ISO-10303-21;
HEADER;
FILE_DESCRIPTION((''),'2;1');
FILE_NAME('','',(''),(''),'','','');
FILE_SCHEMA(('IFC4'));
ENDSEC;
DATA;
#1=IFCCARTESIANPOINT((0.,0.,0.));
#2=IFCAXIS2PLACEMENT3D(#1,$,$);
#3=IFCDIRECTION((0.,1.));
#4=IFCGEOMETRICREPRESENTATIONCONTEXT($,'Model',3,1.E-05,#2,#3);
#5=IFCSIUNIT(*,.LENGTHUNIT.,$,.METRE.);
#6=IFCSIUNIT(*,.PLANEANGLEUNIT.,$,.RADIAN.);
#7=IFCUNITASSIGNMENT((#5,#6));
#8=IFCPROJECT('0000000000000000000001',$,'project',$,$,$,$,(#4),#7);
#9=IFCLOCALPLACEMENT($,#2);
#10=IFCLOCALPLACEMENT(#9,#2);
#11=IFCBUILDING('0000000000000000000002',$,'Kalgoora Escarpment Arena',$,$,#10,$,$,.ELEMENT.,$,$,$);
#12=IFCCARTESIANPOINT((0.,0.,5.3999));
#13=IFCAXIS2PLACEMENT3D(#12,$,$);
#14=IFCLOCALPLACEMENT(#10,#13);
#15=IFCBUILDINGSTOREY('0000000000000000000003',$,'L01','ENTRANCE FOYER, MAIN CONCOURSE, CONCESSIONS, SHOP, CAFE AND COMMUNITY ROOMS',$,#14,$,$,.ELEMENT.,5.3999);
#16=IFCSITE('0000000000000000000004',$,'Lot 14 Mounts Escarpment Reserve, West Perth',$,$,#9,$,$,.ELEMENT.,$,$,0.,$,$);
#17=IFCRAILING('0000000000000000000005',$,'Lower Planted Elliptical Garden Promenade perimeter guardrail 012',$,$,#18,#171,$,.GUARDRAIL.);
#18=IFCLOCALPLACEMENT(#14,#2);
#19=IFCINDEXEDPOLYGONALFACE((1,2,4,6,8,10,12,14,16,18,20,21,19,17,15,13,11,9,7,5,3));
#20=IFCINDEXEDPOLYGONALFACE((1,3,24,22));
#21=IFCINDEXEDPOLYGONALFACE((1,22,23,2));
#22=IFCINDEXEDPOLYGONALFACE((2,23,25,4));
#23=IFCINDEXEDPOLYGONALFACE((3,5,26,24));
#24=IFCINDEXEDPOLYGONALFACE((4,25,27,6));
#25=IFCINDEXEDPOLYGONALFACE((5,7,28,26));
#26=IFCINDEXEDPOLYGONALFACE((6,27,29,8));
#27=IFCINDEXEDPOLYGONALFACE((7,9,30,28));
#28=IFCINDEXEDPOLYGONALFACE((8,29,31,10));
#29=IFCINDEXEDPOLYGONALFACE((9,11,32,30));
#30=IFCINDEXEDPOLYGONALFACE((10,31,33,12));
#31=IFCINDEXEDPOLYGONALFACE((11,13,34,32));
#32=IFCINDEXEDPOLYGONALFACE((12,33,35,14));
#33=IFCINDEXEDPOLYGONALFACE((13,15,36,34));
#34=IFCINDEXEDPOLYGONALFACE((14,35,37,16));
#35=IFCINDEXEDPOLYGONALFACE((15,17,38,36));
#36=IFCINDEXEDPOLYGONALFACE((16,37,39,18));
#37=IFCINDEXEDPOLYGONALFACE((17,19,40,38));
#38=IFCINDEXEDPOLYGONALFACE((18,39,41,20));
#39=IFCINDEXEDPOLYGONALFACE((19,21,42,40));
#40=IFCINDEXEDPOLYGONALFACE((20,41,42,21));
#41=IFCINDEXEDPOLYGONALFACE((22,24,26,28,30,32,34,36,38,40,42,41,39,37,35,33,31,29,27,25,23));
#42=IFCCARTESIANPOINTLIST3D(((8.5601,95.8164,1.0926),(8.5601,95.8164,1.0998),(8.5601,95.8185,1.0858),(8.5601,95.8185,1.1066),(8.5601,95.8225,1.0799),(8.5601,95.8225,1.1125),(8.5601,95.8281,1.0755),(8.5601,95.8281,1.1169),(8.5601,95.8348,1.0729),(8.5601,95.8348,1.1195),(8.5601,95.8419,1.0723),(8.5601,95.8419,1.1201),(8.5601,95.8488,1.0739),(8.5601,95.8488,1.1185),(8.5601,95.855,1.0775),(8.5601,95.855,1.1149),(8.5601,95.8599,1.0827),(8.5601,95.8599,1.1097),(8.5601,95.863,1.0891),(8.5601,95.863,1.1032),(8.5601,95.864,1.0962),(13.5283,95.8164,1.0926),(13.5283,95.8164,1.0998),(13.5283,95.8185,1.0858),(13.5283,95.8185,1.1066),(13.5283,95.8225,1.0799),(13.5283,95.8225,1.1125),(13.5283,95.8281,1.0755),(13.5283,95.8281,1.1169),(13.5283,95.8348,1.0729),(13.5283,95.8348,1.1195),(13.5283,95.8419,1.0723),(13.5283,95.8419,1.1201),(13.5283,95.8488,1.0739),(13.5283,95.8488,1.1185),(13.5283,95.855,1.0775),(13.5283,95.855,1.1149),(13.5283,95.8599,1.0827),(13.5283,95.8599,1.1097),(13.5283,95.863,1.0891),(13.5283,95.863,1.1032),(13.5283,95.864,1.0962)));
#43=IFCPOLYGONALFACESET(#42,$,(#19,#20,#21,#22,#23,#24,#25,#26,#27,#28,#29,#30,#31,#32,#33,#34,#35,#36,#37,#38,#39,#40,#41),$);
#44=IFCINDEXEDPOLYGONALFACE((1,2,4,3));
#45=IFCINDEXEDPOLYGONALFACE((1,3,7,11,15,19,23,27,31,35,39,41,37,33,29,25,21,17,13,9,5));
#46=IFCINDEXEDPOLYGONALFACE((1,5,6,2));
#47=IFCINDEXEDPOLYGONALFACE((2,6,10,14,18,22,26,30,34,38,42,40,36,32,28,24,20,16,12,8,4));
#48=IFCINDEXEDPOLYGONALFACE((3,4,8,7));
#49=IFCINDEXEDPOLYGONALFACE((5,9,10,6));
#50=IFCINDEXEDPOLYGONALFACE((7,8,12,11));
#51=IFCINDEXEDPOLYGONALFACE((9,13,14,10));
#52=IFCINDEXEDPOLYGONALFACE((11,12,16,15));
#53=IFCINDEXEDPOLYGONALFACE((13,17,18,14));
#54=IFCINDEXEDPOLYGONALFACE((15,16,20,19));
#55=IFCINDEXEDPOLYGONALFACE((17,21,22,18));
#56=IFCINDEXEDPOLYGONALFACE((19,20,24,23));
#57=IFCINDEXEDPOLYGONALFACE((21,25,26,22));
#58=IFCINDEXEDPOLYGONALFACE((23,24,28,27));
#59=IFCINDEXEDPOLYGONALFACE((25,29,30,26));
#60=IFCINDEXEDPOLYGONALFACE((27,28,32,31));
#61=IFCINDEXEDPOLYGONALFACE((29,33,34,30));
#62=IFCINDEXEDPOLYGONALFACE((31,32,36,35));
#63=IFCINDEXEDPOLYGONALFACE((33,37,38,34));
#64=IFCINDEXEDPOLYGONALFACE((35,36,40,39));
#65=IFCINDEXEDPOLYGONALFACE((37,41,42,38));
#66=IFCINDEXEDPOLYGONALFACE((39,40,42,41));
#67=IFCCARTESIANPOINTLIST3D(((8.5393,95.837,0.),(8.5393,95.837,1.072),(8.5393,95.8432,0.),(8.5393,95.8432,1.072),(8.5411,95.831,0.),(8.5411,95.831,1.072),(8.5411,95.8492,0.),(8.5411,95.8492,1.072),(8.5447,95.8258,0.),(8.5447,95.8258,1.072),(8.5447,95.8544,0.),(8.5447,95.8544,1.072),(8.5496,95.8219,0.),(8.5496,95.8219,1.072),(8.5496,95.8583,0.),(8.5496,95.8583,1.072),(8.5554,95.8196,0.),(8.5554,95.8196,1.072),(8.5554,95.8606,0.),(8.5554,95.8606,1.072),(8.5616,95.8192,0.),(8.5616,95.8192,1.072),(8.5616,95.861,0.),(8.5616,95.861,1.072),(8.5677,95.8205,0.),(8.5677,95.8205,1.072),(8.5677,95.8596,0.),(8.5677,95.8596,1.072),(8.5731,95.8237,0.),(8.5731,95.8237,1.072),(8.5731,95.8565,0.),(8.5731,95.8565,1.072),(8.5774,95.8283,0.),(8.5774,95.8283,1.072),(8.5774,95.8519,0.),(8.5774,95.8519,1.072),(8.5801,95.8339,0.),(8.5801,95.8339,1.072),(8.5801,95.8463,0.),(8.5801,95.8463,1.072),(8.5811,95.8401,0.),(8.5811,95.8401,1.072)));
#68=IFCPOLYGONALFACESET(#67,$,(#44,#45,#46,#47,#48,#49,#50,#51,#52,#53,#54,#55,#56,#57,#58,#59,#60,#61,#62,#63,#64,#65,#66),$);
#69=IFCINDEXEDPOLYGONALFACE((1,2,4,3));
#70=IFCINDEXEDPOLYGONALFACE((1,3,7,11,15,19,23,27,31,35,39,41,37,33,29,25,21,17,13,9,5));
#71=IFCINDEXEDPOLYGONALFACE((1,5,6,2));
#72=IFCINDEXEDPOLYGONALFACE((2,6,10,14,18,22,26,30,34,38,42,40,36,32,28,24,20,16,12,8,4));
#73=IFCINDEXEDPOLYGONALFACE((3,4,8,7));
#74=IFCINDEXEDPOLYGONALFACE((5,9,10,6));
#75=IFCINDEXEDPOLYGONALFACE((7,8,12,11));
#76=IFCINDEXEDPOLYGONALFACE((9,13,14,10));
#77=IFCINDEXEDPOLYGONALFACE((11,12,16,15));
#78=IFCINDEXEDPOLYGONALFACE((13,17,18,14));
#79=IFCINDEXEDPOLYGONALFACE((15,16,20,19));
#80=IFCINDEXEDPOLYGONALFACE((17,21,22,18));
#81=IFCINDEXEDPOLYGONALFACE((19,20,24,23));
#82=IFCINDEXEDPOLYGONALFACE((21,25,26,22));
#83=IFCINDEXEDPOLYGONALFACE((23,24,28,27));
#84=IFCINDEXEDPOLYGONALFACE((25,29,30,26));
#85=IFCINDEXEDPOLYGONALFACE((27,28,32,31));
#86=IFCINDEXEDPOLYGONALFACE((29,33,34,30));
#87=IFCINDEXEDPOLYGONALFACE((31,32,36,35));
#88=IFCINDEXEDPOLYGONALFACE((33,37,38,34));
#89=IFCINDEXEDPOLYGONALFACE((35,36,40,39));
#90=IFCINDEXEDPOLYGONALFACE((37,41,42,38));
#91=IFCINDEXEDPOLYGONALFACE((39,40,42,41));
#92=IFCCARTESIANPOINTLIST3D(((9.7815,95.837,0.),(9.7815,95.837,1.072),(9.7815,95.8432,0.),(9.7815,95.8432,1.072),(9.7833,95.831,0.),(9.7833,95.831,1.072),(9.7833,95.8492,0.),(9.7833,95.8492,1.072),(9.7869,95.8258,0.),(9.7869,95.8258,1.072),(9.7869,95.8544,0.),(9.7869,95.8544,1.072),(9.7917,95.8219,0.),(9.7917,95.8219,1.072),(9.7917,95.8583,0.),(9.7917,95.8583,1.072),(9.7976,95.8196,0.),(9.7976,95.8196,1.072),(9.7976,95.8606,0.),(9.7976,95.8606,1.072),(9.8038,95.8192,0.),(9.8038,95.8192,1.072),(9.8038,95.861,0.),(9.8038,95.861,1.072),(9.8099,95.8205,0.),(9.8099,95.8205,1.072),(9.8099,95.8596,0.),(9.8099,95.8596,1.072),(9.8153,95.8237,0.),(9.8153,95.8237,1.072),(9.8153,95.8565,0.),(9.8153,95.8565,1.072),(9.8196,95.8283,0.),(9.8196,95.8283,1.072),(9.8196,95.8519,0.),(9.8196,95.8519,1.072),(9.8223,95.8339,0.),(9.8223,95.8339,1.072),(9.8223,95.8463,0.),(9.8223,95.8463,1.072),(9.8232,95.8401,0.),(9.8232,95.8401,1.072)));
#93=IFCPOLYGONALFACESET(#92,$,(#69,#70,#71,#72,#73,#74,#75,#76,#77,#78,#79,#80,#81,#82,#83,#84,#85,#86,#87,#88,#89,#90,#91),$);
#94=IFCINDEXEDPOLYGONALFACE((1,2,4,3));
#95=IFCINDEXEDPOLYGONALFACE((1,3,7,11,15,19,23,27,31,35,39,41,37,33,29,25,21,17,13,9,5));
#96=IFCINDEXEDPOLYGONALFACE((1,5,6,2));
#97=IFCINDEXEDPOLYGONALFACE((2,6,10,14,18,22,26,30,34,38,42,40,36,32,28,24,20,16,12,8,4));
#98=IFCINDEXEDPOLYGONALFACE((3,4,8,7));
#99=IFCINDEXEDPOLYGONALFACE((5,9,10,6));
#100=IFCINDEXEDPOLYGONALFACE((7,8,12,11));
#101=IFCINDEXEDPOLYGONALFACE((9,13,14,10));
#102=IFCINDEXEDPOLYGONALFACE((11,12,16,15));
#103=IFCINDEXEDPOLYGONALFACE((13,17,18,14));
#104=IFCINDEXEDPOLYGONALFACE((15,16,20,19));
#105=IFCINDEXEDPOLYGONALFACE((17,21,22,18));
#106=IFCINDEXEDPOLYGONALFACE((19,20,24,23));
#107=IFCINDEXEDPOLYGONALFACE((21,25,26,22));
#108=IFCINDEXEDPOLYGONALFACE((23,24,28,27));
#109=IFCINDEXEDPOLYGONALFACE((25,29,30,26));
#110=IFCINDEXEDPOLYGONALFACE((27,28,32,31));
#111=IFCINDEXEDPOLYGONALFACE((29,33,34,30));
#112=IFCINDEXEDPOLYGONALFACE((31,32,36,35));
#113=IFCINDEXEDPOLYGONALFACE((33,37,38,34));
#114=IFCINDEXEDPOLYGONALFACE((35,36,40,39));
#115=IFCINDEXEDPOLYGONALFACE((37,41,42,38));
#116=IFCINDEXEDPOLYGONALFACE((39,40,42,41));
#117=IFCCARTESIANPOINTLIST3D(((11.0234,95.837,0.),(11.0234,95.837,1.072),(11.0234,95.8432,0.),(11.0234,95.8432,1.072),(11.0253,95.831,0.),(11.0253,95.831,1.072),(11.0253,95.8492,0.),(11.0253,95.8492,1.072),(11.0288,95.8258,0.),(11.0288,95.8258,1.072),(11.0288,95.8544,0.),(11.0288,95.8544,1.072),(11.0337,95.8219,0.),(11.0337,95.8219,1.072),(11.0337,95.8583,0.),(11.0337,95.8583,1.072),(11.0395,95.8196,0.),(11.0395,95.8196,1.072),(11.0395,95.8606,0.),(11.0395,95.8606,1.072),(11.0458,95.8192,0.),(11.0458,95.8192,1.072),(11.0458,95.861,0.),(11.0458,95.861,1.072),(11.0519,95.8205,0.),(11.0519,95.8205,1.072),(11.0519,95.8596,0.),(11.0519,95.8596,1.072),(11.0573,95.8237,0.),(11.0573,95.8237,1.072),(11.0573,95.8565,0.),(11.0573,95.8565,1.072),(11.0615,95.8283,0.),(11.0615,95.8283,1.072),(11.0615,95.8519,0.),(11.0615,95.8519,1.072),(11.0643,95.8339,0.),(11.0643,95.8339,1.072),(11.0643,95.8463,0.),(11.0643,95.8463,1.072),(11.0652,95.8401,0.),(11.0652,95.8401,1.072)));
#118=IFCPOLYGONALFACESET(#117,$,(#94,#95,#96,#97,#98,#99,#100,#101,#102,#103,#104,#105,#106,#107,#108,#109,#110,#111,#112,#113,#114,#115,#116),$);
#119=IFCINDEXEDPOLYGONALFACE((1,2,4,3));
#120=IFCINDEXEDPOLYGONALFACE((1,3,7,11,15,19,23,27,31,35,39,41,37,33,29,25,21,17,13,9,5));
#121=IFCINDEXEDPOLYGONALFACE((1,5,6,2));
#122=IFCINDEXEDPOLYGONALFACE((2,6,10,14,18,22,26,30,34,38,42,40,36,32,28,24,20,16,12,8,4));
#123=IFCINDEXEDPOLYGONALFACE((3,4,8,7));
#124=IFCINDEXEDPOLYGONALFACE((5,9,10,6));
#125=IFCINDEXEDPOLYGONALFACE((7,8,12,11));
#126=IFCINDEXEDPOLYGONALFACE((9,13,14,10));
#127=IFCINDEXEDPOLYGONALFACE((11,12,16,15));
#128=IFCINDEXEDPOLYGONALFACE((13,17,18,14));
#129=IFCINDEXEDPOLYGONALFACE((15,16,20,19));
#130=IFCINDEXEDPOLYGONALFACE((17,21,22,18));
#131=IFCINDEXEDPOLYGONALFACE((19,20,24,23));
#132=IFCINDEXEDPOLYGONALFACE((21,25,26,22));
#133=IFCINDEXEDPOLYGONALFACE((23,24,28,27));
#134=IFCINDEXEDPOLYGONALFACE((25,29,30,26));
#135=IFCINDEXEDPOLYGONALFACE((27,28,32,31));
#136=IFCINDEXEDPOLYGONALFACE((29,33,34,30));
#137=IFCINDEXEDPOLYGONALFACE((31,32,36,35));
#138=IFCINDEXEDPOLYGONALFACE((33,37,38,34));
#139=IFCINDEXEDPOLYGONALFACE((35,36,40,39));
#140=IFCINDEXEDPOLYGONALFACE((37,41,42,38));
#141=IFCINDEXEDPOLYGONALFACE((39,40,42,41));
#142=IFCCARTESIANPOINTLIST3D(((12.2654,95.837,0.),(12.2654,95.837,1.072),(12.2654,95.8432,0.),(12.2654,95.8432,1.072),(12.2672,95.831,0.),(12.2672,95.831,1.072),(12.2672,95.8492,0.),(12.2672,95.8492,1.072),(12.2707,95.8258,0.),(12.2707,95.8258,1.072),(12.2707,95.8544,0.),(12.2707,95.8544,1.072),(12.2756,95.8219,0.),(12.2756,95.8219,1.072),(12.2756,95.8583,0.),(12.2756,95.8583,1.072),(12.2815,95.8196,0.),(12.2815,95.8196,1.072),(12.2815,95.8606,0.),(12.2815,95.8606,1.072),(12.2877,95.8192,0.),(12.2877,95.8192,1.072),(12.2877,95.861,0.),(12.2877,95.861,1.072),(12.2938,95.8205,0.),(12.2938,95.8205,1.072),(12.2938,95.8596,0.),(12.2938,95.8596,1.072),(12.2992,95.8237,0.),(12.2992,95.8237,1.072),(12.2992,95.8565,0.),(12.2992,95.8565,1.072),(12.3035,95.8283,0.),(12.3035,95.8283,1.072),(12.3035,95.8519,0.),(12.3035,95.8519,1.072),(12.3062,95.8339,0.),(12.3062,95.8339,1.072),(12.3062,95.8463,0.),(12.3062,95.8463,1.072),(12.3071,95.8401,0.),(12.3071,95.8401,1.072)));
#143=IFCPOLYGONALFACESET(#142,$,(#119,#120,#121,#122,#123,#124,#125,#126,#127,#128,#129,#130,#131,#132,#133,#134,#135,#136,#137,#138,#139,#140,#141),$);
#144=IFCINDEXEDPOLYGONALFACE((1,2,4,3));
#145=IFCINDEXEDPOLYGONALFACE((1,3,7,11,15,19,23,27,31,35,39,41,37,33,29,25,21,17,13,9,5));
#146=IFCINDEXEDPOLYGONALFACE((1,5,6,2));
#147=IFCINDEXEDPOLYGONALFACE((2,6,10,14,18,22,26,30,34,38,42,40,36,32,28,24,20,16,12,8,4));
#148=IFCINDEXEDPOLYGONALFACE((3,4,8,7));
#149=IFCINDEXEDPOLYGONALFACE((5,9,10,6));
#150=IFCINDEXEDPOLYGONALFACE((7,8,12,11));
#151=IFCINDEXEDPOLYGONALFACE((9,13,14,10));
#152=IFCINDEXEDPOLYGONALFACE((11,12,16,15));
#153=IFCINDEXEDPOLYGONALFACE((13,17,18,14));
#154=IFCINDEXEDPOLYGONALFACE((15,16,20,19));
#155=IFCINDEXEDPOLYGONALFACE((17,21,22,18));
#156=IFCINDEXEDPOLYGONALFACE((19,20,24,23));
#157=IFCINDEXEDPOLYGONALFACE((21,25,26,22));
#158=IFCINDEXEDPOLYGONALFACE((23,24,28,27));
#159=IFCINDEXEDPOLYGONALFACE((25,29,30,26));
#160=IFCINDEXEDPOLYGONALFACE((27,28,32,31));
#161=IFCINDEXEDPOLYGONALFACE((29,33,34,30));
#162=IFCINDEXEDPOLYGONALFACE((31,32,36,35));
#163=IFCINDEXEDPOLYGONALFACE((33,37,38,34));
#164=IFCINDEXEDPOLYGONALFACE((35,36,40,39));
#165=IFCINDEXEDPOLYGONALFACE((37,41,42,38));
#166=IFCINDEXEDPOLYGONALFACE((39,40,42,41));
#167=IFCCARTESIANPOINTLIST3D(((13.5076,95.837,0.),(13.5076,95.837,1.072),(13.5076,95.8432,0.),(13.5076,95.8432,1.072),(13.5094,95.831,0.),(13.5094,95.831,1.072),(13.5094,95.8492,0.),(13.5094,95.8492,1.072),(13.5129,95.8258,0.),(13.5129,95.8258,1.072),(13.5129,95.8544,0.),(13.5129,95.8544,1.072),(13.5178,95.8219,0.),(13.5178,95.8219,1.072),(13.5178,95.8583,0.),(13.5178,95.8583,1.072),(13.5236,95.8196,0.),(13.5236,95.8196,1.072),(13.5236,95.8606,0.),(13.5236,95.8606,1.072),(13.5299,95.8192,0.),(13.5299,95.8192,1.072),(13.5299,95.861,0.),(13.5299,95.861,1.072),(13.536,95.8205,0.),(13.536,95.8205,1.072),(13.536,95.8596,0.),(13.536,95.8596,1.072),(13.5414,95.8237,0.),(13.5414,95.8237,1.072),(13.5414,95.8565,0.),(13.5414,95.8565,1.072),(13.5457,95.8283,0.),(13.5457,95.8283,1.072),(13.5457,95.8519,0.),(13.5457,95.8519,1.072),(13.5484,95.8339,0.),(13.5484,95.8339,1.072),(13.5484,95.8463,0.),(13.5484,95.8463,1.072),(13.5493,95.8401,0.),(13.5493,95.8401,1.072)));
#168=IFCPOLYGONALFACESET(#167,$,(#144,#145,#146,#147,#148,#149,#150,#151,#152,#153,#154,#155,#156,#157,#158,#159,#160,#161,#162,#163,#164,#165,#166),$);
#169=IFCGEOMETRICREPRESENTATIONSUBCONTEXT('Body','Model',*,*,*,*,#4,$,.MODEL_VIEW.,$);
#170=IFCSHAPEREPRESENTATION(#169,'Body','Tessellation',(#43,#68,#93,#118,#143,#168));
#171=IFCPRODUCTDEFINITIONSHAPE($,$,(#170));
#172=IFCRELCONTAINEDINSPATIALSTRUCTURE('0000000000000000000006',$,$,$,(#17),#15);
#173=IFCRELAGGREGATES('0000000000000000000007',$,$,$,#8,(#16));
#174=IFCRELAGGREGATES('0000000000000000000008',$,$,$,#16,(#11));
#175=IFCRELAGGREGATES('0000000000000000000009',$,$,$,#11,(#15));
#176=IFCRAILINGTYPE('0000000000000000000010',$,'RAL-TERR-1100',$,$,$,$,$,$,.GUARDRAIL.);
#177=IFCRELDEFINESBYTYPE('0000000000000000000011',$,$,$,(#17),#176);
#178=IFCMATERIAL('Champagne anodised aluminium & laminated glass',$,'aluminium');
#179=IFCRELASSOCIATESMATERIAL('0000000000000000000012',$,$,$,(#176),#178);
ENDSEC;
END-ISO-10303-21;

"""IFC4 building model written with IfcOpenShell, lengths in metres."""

from ifc_helpers import new_model, si_unit, direction, frame, origin, origin_2d, place, context, subcontext, project, spatial, circle, extrude, material, type_object, element, save


model = new_model("IFC4")

# Units and contexts
model_context = context("Model", 3, precision=1e-05, world=origin(), true_north=direction((0.0, 1.0)))
body_context = subcontext(model_context, "Body", "Model", "MODEL_VIEW")
ifc_project = project(units=[si_unit("LENGTHUNIT", "METRE"), si_unit("PLANEANGLEUNIT", "RADIAN")], contexts=[model_context])

# Site, building, storey
site_placement = place(None, origin())
site = spatial("IfcSite", under=ifc_project, at=site_placement, Name="Lot 14 Mounts Escarpment Reserve, West Perth", CompositionType="ELEMENT", RefElevation=0.0)
building_placement = place(site_placement, origin())
building = spatial("IfcBuilding", under=site, at=building_placement, Name="Kalgoora Escarpment Arena", CompositionType="ELEMENT")
storey_placement = place(building_placement, frame((0.0, 0.0, 5.3999)))
storey = spatial("IfcBuildingStorey", under=building, at=storey_placement, Name="L01", Description="ENTRANCE FOYER, MAIN CONCOURSE, CONCESSIONS, SHOP, CAFE AND COMMUNITY ROOMS", CompositionType="ELEMENT", Elevation=5.3999)

# Railing
ifc_material_1 = material(Name="Champagne anodised aluminium & laminated glass", Category="aluminium")
railing_type = type_object("IfcRailingType", Name="RAL-TERR-1100", PredefinedType="GUARDRAIL", material=ifc_material_1)
railing_1_placement = place(storey_placement, frame((8.5601, 95.8401, 0.0)))
element("IfcRailing", 1, at=railing_1_placement, inside=storey, type_object=railing_type, Name="Lower Planted Elliptical Garden Promenade perimeter guardrail 012", PredefinedType="GUARDRAIL", context=body_context, shape_type="SweptSolid", body=[
    extrude(circle(Radius=0.0239, at=origin_2d()), frame((0.0, 0.0, 1.0962), z_axis=(1.0, 0.0, 0.0), x_axis=(0.0, 1.0, 0.0)), (0.0, 0.0, 1.0), 4.9683),
    extrude(circle(Radius=0.021, at=origin_2d()), origin(), (0.0, 0.0, 1.0), 1.072),
    extrude(circle(Radius=0.021, at=origin_2d()), frame((1.2422, 0.0, 0.0)), (0.0, 0.0, 1.0), 1.072),
    extrude(circle(Radius=0.021, at=origin_2d()), frame((2.4841, 0.0, 0.0)), (0.0, 0.0, 1.0), 1.072),
    extrude(circle(Radius=0.021, at=origin_2d()), frame((3.7261, 0.0, 0.0)), (0.0, 0.0, 1.0), 1.072),
    extrude(circle(Radius=0.021, at=origin_2d()), frame((4.9683, 0.0, 0.0)), (0.0, 0.0, 1.0), 1.072),
])

save(model, "model.ifc")
